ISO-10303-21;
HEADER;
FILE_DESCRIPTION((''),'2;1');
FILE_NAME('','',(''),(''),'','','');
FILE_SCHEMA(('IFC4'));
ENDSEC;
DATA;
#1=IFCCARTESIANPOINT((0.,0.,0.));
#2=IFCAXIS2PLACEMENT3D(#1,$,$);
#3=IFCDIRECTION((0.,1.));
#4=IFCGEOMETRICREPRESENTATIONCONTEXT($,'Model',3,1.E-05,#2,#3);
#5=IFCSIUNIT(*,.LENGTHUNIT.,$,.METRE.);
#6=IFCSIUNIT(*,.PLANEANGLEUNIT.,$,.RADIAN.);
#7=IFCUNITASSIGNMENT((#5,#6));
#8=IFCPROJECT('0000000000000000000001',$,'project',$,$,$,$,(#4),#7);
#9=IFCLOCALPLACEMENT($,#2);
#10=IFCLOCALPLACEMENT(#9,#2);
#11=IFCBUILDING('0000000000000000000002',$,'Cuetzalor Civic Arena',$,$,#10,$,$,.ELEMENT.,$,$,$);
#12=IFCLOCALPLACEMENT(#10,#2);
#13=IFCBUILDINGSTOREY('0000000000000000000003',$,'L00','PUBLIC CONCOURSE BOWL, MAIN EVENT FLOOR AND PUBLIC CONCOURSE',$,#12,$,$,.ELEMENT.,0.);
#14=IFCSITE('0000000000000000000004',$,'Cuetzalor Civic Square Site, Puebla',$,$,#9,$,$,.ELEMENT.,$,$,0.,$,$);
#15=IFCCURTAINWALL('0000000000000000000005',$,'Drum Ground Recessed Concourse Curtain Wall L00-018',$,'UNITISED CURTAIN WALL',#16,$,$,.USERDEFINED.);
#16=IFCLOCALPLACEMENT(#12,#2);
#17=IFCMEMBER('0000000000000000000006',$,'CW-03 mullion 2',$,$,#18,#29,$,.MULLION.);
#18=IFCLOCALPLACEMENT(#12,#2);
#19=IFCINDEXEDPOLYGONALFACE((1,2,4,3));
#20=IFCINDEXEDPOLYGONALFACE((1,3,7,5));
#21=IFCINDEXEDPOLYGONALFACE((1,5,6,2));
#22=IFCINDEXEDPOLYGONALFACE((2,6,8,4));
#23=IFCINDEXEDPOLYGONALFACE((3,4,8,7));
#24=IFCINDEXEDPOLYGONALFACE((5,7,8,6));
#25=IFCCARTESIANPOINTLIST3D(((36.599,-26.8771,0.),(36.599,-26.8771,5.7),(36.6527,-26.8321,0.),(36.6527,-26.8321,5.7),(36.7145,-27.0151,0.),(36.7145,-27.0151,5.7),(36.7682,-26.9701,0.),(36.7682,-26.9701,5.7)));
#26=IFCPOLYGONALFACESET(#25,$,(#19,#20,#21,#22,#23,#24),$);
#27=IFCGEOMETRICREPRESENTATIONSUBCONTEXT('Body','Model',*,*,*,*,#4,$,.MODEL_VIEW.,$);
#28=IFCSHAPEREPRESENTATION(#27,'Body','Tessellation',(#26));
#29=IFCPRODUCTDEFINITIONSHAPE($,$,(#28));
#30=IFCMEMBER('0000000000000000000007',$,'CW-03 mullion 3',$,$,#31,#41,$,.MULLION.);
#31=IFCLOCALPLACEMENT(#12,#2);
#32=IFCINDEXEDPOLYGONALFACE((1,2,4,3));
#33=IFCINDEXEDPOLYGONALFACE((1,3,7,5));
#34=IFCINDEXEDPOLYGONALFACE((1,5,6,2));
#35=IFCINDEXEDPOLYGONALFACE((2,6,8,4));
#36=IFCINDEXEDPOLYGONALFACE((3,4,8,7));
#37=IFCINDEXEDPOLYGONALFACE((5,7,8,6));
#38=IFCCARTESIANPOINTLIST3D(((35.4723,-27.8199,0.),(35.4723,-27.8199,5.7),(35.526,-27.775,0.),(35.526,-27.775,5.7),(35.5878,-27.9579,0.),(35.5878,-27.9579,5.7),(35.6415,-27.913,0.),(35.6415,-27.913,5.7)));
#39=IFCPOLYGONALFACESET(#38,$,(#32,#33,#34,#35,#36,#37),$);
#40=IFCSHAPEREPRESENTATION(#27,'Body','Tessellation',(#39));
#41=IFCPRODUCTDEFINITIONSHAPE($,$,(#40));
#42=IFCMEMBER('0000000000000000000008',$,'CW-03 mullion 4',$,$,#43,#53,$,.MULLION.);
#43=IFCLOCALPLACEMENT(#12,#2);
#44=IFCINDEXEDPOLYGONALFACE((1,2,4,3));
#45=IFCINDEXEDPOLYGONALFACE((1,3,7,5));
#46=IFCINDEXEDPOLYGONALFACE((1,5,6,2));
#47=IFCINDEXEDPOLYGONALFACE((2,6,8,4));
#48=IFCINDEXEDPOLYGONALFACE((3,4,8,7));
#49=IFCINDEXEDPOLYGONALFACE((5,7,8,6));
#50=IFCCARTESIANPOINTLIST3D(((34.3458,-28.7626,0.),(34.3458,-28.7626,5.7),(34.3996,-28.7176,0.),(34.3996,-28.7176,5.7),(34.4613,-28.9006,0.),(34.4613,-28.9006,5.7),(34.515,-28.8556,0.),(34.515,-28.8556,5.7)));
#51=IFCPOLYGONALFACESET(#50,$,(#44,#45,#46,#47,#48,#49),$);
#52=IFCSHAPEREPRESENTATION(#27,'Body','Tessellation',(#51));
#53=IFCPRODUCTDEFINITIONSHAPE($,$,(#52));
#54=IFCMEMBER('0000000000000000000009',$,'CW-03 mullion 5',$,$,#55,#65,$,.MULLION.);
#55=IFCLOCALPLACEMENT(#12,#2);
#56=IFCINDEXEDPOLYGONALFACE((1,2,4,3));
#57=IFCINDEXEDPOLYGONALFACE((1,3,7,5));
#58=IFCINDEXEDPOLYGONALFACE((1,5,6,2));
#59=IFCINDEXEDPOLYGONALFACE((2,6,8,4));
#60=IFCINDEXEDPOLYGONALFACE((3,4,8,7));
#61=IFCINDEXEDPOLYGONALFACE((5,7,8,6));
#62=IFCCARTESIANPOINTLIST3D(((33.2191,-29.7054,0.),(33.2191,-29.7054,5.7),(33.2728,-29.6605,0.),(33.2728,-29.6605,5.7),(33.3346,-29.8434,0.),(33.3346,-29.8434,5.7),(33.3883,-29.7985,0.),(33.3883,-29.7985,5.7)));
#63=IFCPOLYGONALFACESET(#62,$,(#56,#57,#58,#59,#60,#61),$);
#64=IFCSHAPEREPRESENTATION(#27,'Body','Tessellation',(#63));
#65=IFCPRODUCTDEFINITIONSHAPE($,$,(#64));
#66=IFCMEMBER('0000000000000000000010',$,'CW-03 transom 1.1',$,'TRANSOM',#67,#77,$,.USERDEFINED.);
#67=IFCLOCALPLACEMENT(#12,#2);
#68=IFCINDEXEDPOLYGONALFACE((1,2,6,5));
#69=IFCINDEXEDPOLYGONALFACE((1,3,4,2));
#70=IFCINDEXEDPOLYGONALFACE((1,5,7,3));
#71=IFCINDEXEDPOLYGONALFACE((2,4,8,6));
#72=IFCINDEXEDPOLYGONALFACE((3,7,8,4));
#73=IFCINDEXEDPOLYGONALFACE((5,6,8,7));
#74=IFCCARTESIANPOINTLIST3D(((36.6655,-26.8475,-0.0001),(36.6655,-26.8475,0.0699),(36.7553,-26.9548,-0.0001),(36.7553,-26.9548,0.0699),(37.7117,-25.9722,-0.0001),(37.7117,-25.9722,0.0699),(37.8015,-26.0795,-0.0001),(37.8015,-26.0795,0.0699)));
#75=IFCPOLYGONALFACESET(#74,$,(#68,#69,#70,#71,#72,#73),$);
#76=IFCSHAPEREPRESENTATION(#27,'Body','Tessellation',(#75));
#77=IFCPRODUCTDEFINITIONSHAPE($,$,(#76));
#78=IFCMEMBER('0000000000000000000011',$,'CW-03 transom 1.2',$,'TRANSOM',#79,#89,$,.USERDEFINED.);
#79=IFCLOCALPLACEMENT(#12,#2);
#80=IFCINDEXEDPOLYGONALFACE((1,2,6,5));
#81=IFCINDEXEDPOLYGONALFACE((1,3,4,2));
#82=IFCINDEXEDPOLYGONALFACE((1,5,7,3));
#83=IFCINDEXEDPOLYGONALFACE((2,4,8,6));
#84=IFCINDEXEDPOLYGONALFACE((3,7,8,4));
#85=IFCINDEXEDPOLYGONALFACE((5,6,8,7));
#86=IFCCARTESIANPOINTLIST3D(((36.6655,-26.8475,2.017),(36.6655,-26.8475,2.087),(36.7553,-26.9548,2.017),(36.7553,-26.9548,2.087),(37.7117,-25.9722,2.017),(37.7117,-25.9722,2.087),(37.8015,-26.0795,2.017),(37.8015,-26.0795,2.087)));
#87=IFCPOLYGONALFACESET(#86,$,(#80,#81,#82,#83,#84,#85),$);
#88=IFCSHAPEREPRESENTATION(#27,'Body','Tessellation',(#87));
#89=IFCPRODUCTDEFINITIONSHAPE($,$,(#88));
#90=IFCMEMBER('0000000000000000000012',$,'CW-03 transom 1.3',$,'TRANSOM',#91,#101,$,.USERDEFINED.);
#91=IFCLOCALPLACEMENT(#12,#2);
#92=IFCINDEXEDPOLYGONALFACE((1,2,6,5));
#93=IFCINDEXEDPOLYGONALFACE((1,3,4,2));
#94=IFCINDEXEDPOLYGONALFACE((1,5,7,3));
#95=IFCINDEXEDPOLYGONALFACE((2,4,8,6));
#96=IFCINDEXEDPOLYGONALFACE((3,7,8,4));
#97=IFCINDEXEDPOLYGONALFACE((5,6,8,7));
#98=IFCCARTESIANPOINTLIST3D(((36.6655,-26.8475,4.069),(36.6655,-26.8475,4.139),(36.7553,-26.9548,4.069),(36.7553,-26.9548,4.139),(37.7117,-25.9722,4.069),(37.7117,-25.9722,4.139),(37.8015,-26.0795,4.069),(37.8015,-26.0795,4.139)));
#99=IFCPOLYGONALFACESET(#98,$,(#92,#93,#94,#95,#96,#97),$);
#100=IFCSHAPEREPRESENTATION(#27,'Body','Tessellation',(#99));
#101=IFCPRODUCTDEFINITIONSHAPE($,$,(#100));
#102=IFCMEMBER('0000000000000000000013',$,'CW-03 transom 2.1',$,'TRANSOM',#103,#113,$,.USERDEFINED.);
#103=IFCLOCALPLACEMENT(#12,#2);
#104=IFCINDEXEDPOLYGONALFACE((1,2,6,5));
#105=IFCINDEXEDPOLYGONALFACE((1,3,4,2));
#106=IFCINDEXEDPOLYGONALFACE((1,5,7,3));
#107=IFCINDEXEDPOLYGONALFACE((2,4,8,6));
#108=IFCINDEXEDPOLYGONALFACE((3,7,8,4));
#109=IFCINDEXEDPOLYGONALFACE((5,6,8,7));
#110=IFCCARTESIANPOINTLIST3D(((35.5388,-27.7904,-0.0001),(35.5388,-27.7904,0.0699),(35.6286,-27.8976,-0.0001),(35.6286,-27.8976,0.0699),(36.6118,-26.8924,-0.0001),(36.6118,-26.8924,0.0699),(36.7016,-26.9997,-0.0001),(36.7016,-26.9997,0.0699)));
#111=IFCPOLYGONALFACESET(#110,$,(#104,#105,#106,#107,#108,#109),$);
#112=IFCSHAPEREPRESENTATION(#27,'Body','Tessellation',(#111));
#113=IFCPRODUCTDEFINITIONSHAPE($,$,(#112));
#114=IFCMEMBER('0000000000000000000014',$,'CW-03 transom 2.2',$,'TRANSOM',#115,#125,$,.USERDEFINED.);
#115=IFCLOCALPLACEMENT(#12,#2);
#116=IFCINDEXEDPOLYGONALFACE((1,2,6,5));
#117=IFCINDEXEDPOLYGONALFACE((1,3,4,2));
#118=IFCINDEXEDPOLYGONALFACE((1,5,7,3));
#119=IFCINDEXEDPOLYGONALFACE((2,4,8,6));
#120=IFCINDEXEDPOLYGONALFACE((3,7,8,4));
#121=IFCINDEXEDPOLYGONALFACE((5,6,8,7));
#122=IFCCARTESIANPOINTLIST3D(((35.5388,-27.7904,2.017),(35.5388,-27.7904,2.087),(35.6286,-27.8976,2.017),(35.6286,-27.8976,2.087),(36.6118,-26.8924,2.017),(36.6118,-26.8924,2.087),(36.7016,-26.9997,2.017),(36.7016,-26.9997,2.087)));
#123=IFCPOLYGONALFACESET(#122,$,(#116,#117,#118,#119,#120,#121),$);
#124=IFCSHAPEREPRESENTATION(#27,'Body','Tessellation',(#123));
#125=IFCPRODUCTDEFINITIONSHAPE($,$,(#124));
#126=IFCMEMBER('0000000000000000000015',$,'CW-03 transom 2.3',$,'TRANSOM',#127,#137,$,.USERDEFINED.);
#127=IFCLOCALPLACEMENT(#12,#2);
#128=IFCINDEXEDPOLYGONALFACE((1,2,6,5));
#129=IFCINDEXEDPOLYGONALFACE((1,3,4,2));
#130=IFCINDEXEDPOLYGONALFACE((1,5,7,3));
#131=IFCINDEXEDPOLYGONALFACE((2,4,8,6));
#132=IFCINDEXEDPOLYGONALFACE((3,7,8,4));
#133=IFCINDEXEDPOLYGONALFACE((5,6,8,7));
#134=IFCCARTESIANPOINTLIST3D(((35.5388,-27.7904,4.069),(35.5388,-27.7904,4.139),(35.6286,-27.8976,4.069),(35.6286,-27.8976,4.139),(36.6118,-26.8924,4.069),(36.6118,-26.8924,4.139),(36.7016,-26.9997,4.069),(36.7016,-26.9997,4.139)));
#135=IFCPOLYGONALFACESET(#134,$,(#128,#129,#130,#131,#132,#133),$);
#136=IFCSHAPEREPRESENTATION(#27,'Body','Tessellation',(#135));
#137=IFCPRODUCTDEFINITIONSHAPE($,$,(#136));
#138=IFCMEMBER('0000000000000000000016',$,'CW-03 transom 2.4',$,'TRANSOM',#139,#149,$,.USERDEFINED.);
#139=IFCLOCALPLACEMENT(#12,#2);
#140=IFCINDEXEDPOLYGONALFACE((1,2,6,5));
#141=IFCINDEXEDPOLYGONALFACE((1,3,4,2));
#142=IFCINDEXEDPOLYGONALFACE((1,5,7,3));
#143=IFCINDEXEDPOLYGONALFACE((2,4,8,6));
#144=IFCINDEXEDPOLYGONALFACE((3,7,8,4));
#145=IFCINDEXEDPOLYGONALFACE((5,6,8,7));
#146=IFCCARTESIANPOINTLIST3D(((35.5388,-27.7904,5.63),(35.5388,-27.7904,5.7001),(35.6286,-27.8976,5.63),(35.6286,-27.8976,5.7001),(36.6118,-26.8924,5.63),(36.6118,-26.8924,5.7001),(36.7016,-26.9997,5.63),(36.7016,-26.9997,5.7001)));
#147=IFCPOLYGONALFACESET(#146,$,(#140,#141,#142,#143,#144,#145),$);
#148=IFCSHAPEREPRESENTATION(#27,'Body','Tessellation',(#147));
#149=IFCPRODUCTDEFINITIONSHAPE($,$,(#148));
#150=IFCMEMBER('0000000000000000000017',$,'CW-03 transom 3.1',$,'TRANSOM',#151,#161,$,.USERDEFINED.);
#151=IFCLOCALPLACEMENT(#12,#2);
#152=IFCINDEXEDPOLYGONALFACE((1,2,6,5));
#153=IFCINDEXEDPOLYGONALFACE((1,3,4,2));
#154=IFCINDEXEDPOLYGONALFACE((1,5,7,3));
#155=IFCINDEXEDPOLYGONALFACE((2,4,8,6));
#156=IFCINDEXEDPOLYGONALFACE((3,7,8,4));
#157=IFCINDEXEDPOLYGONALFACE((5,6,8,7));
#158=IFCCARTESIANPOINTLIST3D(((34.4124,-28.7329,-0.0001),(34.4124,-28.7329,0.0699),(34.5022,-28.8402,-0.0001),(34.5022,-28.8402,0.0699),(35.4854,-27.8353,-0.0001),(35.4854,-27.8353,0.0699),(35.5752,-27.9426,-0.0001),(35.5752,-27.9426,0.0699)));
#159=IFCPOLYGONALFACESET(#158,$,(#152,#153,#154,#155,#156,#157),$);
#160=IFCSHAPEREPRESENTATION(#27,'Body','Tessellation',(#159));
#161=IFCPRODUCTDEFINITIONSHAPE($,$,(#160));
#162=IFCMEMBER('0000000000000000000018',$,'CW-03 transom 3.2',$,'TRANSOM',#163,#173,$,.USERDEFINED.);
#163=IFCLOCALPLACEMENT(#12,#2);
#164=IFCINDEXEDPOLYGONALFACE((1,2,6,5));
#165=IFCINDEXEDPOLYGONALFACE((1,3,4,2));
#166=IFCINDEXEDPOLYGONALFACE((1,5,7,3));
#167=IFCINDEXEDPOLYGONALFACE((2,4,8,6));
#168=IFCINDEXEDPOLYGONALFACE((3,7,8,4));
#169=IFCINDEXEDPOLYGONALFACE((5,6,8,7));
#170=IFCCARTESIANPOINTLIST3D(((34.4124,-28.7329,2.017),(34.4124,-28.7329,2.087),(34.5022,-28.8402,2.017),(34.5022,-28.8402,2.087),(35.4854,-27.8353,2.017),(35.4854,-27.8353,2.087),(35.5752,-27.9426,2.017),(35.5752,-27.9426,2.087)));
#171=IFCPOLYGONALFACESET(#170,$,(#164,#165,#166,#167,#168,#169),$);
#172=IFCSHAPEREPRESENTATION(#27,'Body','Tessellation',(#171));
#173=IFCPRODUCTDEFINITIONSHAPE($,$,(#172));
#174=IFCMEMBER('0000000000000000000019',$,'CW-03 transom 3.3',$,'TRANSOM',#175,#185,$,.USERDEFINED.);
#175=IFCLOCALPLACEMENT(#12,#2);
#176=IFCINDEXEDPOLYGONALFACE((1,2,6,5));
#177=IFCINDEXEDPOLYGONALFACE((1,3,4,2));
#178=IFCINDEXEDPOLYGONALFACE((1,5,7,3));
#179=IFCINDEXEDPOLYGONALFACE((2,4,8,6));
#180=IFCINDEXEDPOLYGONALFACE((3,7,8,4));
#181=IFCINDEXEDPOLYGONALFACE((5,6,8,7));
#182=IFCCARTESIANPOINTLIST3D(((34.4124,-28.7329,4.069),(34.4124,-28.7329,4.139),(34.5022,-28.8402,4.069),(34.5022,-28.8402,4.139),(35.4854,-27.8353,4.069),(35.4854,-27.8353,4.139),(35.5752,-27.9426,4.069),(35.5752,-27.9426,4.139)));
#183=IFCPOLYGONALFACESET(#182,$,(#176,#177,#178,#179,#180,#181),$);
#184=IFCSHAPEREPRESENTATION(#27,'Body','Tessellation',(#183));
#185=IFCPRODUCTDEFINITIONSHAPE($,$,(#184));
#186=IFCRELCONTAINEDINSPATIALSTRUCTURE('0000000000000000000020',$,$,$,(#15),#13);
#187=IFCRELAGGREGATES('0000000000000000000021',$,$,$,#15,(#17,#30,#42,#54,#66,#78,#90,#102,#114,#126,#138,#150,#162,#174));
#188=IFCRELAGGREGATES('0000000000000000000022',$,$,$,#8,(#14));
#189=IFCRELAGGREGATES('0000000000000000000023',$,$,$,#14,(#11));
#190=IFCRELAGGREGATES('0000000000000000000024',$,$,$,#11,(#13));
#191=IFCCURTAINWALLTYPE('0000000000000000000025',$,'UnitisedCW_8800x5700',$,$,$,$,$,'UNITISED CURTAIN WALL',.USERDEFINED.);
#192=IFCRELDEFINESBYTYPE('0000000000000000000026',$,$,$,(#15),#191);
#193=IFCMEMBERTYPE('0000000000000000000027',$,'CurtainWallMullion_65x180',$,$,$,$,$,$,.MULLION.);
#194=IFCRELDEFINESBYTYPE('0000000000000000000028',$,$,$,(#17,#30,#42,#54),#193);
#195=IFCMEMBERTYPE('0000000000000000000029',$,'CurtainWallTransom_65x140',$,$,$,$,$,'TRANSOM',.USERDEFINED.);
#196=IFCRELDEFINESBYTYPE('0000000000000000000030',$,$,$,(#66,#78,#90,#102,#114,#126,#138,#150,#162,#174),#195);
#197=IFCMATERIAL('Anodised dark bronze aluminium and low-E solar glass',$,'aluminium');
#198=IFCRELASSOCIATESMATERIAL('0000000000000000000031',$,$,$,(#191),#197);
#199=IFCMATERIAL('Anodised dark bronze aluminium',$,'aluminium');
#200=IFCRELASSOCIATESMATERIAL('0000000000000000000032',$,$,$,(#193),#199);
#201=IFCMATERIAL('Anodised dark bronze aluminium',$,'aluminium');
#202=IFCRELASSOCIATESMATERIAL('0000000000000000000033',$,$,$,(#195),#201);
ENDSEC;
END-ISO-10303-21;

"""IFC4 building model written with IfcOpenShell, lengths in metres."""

from ifc_helpers import new_model, si_unit, direction, frame, origin, origin_2d, place, context, subcontext, project, spatial, rectangle, extrude, material, material_profile, profile_set, type_object, element, aggregate, save


model = new_model("IFC4")

# Units and contexts
model_context = context("Model", 3, precision=1e-05, world=origin(), true_north=direction((0.0, 1.0)))
body_context = subcontext(model_context, "Body", "Model", "MODEL_VIEW")
ifc_project = project(units=[si_unit("LENGTHUNIT", "METRE"), si_unit("PLANEANGLEUNIT", "RADIAN")], contexts=[model_context])

# Site, building, storey
site_placement = place(None, origin())
site = spatial("IfcSite", under=ifc_project, at=site_placement, Name="Cuetzalor Civic Square Site, Puebla", CompositionType="ELEMENT", RefElevation=0.0)
building_placement = place(site_placement, origin())
building = spatial("IfcBuilding", under=site, at=building_placement, Name="Cuetzalor Civic Arena", CompositionType="ELEMENT")
storey_placement = place(building_placement, origin())
storey = spatial("IfcBuildingStorey", under=building, at=storey_placement, Name="L00", Description="PUBLIC CONCOURSE BOWL, MAIN EVENT FLOOR AND PUBLIC CONCOURSE", CompositionType="ELEMENT", Elevation=0.0)

# Curtain wall, members
ifc_material_1 = material(Name="Anodised dark bronze aluminium and low-E solar glass", Category="aluminium")
curtain_wall_type = type_object("IfcCurtainWallType", Name="UnitisedCW_8800x5700", ElementType="UNITISED CURTAIN WALL", PredefinedType="USERDEFINED", material=ifc_material_1)
curtain_wall_placement = place(storey_placement, origin())
curtain_wall = element("IfcCurtainWall", 1, at=curtain_wall_placement, inside=storey, type_object=curtain_wall_type, Name="Drum Ground Recessed Concourse Curtain Wall L00-018", ObjectType="UNITISED CURTAIN WALL", PredefinedType="USERDEFINED")
ifc_material_2 = material(Name="Anodised dark bronze aluminium", Category="aluminium")
ifc_material_profile_1 = material_profile(ifc_material_2, rectangle(XDim=0.0701, YDim=0.1799, at=origin_2d()), Name="ALU MULLION 70x180")
ifc_profile_set_1 = profile_set([ifc_material_profile_1], Name="Anodised dark bronze aluminium")
member_type_1 = type_object("IfcMemberType", Name="CurtainWallMullion_65x180", PredefinedType="MULLION", material=ifc_profile_set_1)
member_1_placement = place(storey_placement, frame((36.6836, -26.9236, 0.0), z_axis=(0.0, 0.0, 1.0), x_axis=(-0.766928, -0.641733, 0.0)))
member_1 = element("IfcMember", 2, at=member_1_placement, type_object=member_type_1, Name="CW-03 mullion 2", PredefinedType="MULLION", context=body_context, shape_type="SweptSolid", body=[
    extrude(rectangle(XDim=0.0701, YDim=0.1799, at=origin_2d()), origin(), (0.0, 0.0, 1.0), 5.7),
])
member_2_placement = place(storey_placement, frame((35.5569, -27.8665, 0.0), z_axis=(0.0, 0.0, 1.0), x_axis=(-0.766928, -0.641733, 0.0)))
member_2 = element("IfcMember", 3, at=member_2_placement, type_object=member_type_1, Name="CW-03 mullion 3", PredefinedType="MULLION", context=body_context, shape_type="SweptSolid", body=[
    extrude(rectangle(XDim=0.0701, YDim=0.1799, at=origin_2d()), origin(), (0.0, 0.0, 1.0), 5.7),
])
member_3_placement = place(storey_placement, frame((34.4304, -28.8091, 0.0), z_axis=(0.0, 0.0, 1.0), x_axis=(-0.766928, -0.641733, 0.0)))
member_3 = element("IfcMember", 4, at=member_3_placement, type_object=member_type_1, Name="CW-03 mullion 4", PredefinedType="MULLION", context=body_context, shape_type="SweptSolid", body=[
    extrude(rectangle(XDim=0.0701, YDim=0.1799, at=origin_2d()), origin(), (0.0, 0.0, 1.0), 5.7),
])
member_4_placement = place(storey_placement, frame((33.3037, -29.752, 0.0), z_axis=(0.0, 0.0, 1.0), x_axis=(-0.766928, -0.641733, 0.0)))
member_4 = element("IfcMember", 5, at=member_4_placement, type_object=member_type_1, Name="CW-03 mullion 5", PredefinedType="MULLION", context=body_context, shape_type="SweptSolid", body=[
    extrude(rectangle(XDim=0.0701, YDim=0.1799, at=origin_2d()), origin(), (0.0, 0.0, 1.0), 5.7),
])
ifc_material_3 = material(Name="Anodised dark bronze aluminium", Category="aluminium")
ifc_material_profile_2 = material_profile(ifc_material_3, rectangle(XDim=0.1399, YDim=0.0701, at=origin_2d()), Name="ALU TRANSOM 70x140")
ifc_profile_set_2 = profile_set([ifc_material_profile_2], Name="Anodised dark bronze aluminium")
member_type_2 = type_object("IfcMemberType", Name="CurtainWallTransom_65x140", ElementType="TRANSOM", PredefinedType="USERDEFINED", material=ifc_profile_set_2)
member_5_placement = place(storey_placement, frame((37.7566, -26.0259, 0.0349), z_axis=(-0.766973, -0.64168, 0.0), x_axis=(0.64168, -0.766973, 0.0)))
member_5 = element("IfcMember", 6, at=member_5_placement, type_object=member_type_2, Name="CW-03 transom 1.1", ObjectType="TRANSOM", PredefinedType="USERDEFINED", context=body_context, shape_type="SweptSolid", body=[
    extrude(rectangle(XDim=0.1399, YDim=0.0701, at=origin_2d()), origin(), (0.0, 0.0, 1.0), 1.364),
])
member_6_placement = place(storey_placement, frame((37.7566, -26.0259, 2.052), z_axis=(-0.766973, -0.64168, 0.0), x_axis=(0.64168, -0.766973, 0.0)))
member_6 = element("IfcMember", 7, at=member_6_placement, type_object=member_type_2, Name="CW-03 transom 1.2", ObjectType="TRANSOM", PredefinedType="USERDEFINED", context=body_context, shape_type="SweptSolid", body=[
    extrude(rectangle(XDim=0.1399, YDim=0.0701, at=origin_2d()), origin(), (0.0, 0.0, 1.0), 1.364),
])
member_7_placement = place(storey_placement, frame((37.7566, -26.0259, 4.104), z_axis=(-0.766973, -0.64168, 0.0), x_axis=(0.64168, -0.766973, 0.0)))
member_7 = element("IfcMember", 8, at=member_7_placement, type_object=member_type_2, Name="CW-03 transom 1.3", ObjectType="TRANSOM", PredefinedType="USERDEFINED", context=body_context, shape_type="SweptSolid", body=[
    extrude(rectangle(XDim=0.1399, YDim=0.0701, at=origin_2d()), origin(), (0.0, 0.0, 1.0), 1.364),
])
member_8_placement = place(storey_placement, frame((36.6567, -26.946, 0.0349), z_axis=(-0.766889, -0.641779, 0.0), x_axis=(0.641779, -0.766889, 0.0)))
member_8 = element("IfcMember", 9, at=member_8_placement, type_object=member_type_2, Name="CW-03 transom 2.1", ObjectType="TRANSOM", PredefinedType="USERDEFINED", context=body_context, shape_type="SweptSolid", body=[
    extrude(rectangle(XDim=0.1399, YDim=0.0701, at=origin_2d()), origin(), (0.0, 0.0, 1.0), 1.3992),
])
member_9_placement = place(storey_placement, frame((36.6567, -26.946, 2.052), z_axis=(-0.766889, -0.641779, 0.0), x_axis=(0.641779, -0.766889, 0.0)))
member_9 = element("IfcMember", 10, at=member_9_placement, type_object=member_type_2, Name="CW-03 transom 2.2", ObjectType="TRANSOM", PredefinedType="USERDEFINED", context=body_context, shape_type="SweptSolid", body=[
    extrude(rectangle(XDim=0.1399, YDim=0.0701, at=origin_2d()), origin(), (0.0, 0.0, 1.0), 1.3992),
])
member_10_placement = place(storey_placement, frame((36.6567, -26.946, 4.104), z_axis=(-0.766889, -0.641779, 0.0), x_axis=(0.641779, -0.766889, 0.0)))
member_10 = element("IfcMember", 11, at=member_10_placement, type_object=member_type_2, Name="CW-03 transom 2.3", ObjectType="TRANSOM", PredefinedType="USERDEFINED", context=body_context, shape_type="SweptSolid", body=[
    extrude(rectangle(XDim=0.1399, YDim=0.0701, at=origin_2d()), origin(), (0.0, 0.0, 1.0), 1.3992),
])
member_11_placement = place(storey_placement, frame((36.6567, -26.946, 5.665), z_axis=(-0.766889, -0.641779, 0.0), x_axis=(0.641779, -0.766889, 0.0)))
member_11 = element("IfcMember", 12, at=member_11_placement, type_object=member_type_2, Name="CW-03 transom 2.4", ObjectType="TRANSOM", PredefinedType="USERDEFINED", context=body_context, shape_type="SweptSolid", body=[
    extrude(rectangle(XDim=0.1399, YDim=0.0701, at=origin_2d()), origin(), (0.0, 0.0, 1.0), 1.3992),
])
member_12_placement = place(storey_placement, frame((35.5303, -27.8889, 0.0349), z_axis=(-0.766975, -0.641677, 0.0), x_axis=(0.641677, -0.766975, 0.0)))
member_12 = element("IfcMember", 13, at=member_12_placement, type_object=member_type_2, Name="CW-03 transom 3.1", ObjectType="TRANSOM", PredefinedType="USERDEFINED", context=body_context, shape_type="SweptSolid", body=[
    extrude(rectangle(XDim=0.1399, YDim=0.0701, at=origin_2d()), origin(), (0.0, 0.0, 1.0), 1.3989),
])
member_13_placement = place(storey_placement, frame((35.5303, -27.8889, 2.052), z_axis=(-0.766975, -0.641677, 0.0), x_axis=(0.641677, -0.766975, 0.0)))
member_13 = element("IfcMember", 14, at=member_13_placement, type_object=member_type_2, Name="CW-03 transom 3.2", ObjectType="TRANSOM", PredefinedType="USERDEFINED", context=body_context, shape_type="SweptSolid", body=[
    extrude(rectangle(XDim=0.1399, YDim=0.0701, at=origin_2d()), origin(), (0.0, 0.0, 1.0), 1.3989),
])
member_14_placement = place(storey_placement, frame((35.5303, -27.8889, 4.104), z_axis=(-0.766975, -0.641677, 0.0), x_axis=(0.641677, -0.766975, 0.0)))
member_14 = element("IfcMember", 15, at=member_14_placement, type_object=member_type_2, Name="CW-03 transom 3.3", ObjectType="TRANSOM", PredefinedType="USERDEFINED", context=body_context, shape_type="SweptSolid", body=[
    extrude(rectangle(XDim=0.1399, YDim=0.0701, at=origin_2d()), origin(), (0.0, 0.0, 1.0), 1.3989),
])
aggregate(curtain_wall, [member_1, member_2, member_3, member_4, member_5, member_6, member_7, member_8, member_9, member_10, member_11, member_12, member_13, member_14])

save(model, "model.ifc")
